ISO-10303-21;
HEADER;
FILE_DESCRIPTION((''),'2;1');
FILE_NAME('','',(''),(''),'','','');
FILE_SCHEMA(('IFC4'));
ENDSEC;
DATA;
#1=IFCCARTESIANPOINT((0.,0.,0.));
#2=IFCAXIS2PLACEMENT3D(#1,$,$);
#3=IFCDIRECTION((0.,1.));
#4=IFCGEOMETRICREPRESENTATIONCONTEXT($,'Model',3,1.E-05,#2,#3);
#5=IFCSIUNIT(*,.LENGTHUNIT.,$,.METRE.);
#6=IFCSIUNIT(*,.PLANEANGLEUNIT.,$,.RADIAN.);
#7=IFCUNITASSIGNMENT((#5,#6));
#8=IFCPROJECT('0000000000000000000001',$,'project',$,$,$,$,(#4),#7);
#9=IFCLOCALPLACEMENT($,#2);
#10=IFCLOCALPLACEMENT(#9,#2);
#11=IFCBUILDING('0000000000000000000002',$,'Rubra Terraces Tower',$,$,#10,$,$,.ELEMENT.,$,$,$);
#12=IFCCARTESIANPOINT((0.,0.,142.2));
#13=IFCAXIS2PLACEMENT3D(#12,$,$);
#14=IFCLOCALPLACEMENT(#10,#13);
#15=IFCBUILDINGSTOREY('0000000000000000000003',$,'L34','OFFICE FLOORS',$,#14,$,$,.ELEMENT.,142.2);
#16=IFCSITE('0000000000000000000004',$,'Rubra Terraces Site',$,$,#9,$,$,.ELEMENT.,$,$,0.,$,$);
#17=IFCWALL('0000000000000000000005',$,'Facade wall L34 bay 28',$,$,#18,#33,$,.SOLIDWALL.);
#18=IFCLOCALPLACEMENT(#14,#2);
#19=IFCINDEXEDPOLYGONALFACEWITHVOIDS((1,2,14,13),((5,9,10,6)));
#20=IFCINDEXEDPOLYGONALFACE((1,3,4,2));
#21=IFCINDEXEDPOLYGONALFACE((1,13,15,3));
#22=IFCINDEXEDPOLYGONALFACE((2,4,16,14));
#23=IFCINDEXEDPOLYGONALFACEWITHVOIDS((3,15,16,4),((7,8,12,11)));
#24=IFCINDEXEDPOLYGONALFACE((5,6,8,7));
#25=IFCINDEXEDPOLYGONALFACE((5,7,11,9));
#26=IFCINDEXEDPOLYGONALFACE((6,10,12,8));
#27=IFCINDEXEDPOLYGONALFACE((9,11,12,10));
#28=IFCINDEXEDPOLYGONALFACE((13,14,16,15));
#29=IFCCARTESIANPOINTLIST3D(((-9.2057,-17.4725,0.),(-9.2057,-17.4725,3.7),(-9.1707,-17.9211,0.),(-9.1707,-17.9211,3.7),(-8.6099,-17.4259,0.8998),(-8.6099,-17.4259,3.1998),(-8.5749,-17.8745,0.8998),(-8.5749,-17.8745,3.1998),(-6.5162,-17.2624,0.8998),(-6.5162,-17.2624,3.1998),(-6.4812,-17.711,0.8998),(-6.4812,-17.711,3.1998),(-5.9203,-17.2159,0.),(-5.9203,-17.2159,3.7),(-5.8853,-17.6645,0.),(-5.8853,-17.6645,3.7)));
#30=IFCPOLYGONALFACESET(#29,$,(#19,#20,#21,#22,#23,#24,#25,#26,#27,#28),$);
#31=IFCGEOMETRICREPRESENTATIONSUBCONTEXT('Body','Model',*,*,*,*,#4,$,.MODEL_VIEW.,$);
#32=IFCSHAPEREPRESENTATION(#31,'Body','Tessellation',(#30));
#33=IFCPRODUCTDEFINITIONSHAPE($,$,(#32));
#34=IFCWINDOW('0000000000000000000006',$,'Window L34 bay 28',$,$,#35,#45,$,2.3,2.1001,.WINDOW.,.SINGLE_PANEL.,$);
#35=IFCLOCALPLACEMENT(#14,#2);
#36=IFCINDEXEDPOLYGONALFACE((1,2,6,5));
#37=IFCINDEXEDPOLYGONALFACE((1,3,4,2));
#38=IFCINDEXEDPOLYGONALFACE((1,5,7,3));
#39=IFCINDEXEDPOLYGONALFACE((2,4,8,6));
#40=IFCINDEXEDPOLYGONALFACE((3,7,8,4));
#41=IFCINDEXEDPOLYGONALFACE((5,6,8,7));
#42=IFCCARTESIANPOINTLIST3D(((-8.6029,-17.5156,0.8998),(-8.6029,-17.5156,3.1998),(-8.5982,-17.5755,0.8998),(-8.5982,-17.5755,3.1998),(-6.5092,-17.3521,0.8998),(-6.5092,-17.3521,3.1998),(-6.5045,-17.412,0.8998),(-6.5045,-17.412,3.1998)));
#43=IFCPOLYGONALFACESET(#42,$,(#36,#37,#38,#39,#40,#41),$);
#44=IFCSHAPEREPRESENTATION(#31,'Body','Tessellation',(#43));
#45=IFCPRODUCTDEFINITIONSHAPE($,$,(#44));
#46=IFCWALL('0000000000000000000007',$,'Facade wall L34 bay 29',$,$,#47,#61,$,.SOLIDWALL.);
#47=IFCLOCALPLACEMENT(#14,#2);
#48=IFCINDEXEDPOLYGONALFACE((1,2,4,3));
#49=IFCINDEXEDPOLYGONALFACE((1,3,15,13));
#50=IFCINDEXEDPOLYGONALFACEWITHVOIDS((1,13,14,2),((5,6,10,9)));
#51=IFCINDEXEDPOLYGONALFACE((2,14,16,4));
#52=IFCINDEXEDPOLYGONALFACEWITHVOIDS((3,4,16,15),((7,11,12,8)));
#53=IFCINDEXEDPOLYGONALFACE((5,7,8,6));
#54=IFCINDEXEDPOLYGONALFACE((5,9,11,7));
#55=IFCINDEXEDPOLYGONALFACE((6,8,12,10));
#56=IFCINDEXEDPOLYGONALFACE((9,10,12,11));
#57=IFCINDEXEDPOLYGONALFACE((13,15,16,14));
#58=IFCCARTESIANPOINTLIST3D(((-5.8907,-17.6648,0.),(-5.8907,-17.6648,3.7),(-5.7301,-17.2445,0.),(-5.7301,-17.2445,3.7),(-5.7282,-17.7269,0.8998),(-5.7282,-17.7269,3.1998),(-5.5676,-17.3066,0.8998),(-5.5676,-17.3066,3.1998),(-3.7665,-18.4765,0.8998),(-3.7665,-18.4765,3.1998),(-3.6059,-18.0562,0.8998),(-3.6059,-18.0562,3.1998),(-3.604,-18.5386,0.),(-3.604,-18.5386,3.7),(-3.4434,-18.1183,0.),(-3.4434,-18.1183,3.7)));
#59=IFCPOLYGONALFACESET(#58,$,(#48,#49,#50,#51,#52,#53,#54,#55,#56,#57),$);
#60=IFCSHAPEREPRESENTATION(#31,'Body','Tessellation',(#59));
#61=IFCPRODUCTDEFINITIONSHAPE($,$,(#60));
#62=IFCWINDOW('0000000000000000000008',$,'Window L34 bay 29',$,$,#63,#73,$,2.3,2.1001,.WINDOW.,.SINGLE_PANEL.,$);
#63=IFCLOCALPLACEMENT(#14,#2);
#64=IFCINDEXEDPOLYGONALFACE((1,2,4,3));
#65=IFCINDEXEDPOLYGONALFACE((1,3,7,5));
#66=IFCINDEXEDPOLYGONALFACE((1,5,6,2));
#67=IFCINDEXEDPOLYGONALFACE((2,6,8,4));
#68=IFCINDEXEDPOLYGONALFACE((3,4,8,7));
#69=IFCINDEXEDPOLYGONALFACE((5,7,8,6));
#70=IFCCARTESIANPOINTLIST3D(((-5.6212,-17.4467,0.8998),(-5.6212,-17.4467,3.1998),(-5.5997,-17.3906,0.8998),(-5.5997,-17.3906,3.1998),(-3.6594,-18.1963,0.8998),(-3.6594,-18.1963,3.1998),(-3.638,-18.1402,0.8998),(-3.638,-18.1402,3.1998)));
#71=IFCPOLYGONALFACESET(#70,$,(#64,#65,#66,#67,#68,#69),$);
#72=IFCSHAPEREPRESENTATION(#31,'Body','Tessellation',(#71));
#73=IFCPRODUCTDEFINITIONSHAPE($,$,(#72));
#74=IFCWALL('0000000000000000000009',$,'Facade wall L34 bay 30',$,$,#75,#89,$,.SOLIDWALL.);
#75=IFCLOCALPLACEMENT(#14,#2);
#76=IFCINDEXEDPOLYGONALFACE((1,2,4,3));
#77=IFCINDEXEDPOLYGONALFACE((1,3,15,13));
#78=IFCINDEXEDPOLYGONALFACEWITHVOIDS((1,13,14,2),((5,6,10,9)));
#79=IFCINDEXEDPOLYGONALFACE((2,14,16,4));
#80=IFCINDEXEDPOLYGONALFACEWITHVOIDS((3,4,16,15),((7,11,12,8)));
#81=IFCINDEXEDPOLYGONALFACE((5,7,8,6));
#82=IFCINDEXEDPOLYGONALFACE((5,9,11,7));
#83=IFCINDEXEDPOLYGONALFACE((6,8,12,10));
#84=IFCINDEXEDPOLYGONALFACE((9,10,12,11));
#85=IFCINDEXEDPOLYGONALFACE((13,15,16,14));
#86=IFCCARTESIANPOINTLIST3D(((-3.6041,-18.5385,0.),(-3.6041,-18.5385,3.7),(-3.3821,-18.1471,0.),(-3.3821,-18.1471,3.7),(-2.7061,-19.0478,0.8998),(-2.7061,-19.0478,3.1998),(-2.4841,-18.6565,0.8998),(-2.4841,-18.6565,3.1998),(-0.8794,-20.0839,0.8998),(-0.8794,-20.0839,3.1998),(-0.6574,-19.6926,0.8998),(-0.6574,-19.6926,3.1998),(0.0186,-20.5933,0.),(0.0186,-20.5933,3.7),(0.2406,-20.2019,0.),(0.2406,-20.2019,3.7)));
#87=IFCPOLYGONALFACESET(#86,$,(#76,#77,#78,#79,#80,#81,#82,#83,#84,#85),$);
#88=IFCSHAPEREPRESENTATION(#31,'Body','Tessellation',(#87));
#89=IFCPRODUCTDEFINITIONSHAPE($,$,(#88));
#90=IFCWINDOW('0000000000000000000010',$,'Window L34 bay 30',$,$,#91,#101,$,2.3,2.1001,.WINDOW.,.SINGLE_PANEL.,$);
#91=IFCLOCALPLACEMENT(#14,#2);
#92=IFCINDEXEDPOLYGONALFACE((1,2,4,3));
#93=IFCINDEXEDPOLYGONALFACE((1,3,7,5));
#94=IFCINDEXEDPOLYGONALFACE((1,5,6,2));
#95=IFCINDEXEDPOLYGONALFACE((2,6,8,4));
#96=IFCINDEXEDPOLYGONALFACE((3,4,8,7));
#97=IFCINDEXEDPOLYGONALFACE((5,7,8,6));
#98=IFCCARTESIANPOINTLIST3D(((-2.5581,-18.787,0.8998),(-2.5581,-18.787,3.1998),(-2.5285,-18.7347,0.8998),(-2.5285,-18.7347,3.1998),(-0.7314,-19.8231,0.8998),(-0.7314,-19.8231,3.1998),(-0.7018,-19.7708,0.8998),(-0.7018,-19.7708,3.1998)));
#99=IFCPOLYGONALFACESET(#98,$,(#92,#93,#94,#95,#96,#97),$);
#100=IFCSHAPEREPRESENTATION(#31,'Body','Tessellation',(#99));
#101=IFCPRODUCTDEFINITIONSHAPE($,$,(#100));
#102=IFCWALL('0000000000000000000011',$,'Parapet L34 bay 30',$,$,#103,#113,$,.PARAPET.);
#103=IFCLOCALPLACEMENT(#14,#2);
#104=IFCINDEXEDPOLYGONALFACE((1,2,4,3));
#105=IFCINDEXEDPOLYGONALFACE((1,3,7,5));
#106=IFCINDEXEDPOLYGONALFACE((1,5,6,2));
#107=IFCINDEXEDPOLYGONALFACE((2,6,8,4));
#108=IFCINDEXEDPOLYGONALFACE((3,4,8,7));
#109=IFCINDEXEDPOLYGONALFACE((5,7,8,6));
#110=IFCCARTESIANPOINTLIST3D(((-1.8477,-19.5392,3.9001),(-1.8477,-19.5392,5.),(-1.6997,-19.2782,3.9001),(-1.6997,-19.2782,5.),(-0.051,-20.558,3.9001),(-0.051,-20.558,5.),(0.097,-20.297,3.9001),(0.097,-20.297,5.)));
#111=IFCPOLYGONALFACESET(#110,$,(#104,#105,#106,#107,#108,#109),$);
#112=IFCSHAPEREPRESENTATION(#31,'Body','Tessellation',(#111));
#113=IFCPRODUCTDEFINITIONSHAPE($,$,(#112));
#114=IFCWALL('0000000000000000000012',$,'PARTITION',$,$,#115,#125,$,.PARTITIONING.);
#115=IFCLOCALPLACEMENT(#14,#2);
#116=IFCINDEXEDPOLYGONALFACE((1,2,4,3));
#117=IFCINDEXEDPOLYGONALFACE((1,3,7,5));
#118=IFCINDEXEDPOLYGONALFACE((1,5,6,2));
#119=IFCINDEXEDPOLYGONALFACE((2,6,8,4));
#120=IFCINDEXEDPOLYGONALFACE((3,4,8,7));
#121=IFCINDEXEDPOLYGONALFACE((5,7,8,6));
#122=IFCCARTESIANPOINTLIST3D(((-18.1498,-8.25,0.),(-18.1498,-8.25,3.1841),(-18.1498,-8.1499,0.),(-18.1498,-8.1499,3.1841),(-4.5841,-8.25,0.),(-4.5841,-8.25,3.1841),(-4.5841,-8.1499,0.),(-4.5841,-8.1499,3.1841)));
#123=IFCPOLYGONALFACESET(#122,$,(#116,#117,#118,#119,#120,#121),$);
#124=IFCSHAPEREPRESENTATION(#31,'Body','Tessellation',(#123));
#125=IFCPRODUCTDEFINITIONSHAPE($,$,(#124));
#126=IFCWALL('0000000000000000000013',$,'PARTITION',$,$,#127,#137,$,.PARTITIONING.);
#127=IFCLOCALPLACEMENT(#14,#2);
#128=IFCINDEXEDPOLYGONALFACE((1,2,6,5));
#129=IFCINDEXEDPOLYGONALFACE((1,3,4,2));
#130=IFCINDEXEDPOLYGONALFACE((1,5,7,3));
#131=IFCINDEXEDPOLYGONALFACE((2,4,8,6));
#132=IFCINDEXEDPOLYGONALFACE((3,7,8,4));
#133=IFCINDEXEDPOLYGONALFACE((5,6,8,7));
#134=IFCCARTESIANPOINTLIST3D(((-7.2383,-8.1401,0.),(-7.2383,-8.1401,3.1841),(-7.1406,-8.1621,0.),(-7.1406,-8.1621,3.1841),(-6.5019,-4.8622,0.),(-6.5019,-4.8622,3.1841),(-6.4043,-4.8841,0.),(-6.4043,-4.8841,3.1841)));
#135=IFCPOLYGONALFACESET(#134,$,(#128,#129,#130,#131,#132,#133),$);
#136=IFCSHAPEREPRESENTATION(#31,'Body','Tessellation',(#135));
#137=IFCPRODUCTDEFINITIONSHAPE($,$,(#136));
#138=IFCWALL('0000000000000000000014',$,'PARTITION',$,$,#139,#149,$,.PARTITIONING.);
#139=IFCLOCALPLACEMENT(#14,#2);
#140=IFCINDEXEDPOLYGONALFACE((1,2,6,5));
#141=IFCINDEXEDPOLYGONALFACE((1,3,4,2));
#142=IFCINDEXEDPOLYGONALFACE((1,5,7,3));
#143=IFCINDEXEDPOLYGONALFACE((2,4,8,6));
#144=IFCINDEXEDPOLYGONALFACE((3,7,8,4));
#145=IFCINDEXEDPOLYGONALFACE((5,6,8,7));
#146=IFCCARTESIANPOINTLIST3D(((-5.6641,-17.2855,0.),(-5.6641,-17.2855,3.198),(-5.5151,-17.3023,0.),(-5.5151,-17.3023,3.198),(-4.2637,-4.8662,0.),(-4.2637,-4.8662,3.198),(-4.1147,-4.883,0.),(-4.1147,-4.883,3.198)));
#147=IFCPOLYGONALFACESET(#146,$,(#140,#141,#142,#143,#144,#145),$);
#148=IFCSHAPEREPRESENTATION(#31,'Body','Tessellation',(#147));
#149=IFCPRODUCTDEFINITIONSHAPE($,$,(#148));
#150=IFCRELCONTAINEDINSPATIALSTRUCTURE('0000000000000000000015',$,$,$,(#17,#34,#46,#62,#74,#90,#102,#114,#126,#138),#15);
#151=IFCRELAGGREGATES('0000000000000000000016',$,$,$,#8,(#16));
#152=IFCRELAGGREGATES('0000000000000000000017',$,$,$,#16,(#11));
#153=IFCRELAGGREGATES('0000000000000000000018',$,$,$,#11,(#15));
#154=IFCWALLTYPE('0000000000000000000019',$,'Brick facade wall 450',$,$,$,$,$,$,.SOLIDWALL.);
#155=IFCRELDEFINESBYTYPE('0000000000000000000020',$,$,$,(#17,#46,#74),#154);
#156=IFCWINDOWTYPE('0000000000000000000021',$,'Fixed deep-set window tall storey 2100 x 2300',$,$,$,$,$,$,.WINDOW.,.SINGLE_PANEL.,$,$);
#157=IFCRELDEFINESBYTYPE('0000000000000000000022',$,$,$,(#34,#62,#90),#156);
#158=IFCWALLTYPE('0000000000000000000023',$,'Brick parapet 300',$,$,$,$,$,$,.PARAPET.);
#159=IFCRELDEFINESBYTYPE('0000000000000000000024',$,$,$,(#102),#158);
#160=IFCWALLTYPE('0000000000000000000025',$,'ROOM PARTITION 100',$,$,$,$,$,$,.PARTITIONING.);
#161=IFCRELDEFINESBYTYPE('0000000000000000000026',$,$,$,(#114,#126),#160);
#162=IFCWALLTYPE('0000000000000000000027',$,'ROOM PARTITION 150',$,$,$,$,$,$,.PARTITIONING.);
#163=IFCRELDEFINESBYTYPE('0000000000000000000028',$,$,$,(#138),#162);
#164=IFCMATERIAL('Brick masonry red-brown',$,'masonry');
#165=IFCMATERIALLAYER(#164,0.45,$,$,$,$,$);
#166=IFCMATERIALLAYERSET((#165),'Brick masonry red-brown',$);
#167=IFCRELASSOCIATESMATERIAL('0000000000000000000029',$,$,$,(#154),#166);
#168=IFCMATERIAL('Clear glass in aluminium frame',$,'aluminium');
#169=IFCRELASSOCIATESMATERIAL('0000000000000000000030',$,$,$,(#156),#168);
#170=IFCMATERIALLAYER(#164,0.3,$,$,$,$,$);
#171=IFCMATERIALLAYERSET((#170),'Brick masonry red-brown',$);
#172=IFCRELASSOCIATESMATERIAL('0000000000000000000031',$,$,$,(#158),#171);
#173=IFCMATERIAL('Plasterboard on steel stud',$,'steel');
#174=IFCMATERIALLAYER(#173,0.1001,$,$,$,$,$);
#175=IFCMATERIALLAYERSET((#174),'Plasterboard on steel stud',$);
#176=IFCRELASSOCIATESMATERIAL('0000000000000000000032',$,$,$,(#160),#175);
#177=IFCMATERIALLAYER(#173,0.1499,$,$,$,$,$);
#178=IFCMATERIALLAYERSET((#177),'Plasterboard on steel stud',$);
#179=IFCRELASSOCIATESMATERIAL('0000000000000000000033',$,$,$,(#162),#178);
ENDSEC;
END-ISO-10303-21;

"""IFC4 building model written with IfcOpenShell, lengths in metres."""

from ifc_helpers import new_model, si_unit, direction, frame, frame_2d, origin, place, context, subcontext, project, spatial, rectangle, extrude, material, layer, layer_set, type_object, element, fill, save


model = new_model("IFC4")

# Units and contexts
model_context = context("Model", 3, precision=1e-05, world=origin(), true_north=direction((0.0, 1.0)))
body_context = subcontext(model_context, "Body", "Model", "MODEL_VIEW")
ifc_project = project(units=[si_unit("LENGTHUNIT", "METRE"), si_unit("PLANEANGLEUNIT", "RADIAN")], contexts=[model_context])

# Site, building, storey
site_placement = place(None, origin())
site = spatial("IfcSite", under=ifc_project, at=site_placement, Name="Rubra Terraces Site", CompositionType="ELEMENT", RefElevation=0.0)
building_placement = place(site_placement, origin())
building = spatial("IfcBuilding", under=site, at=building_placement, Name="Rubra Terraces Tower", CompositionType="ELEMENT")
storey_placement = place(building_placement, frame((0.0, 0.0, 142.2)))
storey = spatial("IfcBuildingStorey", under=building, at=storey_placement, Name="L34", Description="OFFICE FLOORS", CompositionType="ELEMENT", Elevation=142.2)

# Walls, openings, windows
ifc_material_1 = material(Name="Brick masonry red-brown", Category="masonry")
ifc_layer_1 = layer(ifc_material_1, 0.45)
ifc_layer_set_1 = layer_set([ifc_layer_1], Name="Brick masonry red-brown")
wall_type_1 = type_object("IfcWallType", Name="Brick facade wall 450", PredefinedType="SOLIDWALL", material=ifc_layer_set_1)
wall_1_placement = place(storey_placement, frame((-9.1882, -17.6968, 0.0), z_axis=(0.0, 0.0, 1.0), x_axis=(0.996964, 0.077864, 0.0)))
wall_1 = element("IfcWall", 1, at=wall_1_placement, inside=storey, type_object=wall_type_1, Name="Facade wall L34 bay 28", PredefinedType="SOLIDWALL", context=body_context, shape_type="SweptSolid", body=[
    extrude(rectangle(XDim=3.2954, YDim=0.45, at=frame_2d((1.6477, 0.0))), origin(), (0.0, 0.0, 1.0), 3.7),
])
opening_1_placement = place(wall_1_placement, frame((0.5977, 0.0, 0.8999)))
opening_1 = element("IfcOpeningElement", 2, at=opening_1_placement, cuts=wall_1, PredefinedType="OPENING", context=body_context, shape_type="SweptSolid", body=[
    extrude(rectangle(XDim=2.1001, YDim=2.3, at=frame_2d((1.05, 1.1499))), frame((0.0, 0.2349, 0.0), z_axis=(0.0, -1.0, 0.0), x_axis=(1.0, 0.0, 0.0)), (0.0, 0.0, 1.0), 0.47),
])
ifc_material_2 = material(Name="Clear glass in aluminium frame", Category="aluminium")
window_type = type_object("IfcWindowType", Name="Fixed deep-set window tall storey 2100 x 2300", PartitioningType="SINGLE_PANEL", PredefinedType="WINDOW", material=ifc_material_2)
window_1_placement = place(opening_1_placement, origin())
window_1 = element("IfcWindow", 3, at=window_1_placement, inside=storey, type_object=window_type, Name="Window L34 bay 28", OverallHeight=2.3, OverallWidth=2.1001, PartitioningType="SINGLE_PANEL", PredefinedType="WINDOW", context=body_context, shape_type="SweptSolid", body=[
    extrude(rectangle(XDim=2.1001, YDim=2.3, at=frame_2d((1.05, 1.1499))), frame((0.0, 0.135, 0.0), z_axis=(0.0, -1.0, 0.0), x_axis=(1.0, 0.0, 0.0)), (0.0, 0.0, 1.0), 0.0601),
])
fill(opening_1, window_1)
wall_2_placement = place(storey_placement, frame((-5.8105, -17.4546, 0.0), z_axis=(0.0, 0.0, 1.0), x_axis=(0.934122, -0.356953, 0.0)))
wall_2 = element("IfcWall", 4, at=wall_2_placement, inside=storey, type_object=wall_type_1, Name="Facade wall L34 bay 29", PredefinedType="SOLIDWALL", context=body_context, shape_type="SweptSolid", body=[
    extrude(rectangle(XDim=2.448, YDim=0.45, at=frame_2d((1.2241, 0.0))), origin(), (0.0, 0.0, 1.0), 3.7),
])
opening_2_placement = place(wall_2_placement, frame((0.1741, 0.0, 0.8999)))
opening_2 = element("IfcOpeningElement", 5, at=opening_2_placement, cuts=wall_2, PredefinedType="OPENING", context=body_context, shape_type="SweptSolid", body=[
    extrude(rectangle(XDim=2.1001, YDim=2.3, at=frame_2d((1.05, 1.1499))), frame((0.0, 0.2349, 0.0), z_axis=(0.0, -1.0, 0.0), x_axis=(1.0, 0.0, 0.0)), (0.0, 0.0, 1.0), 0.47),
])
window_2_placement = place(opening_2_placement, origin())
window_2 = element("IfcWindow", 6, at=window_2_placement, inside=storey, type_object=window_type, Name="Window L34 bay 29", OverallHeight=2.3, OverallWidth=2.1001, PartitioningType="SINGLE_PANEL", PredefinedType="WINDOW", context=body_context, shape_type="SweptSolid", body=[
    extrude(rectangle(XDim=2.1001, YDim=2.3, at=frame_2d((1.05, 1.1499))), frame((0.0, 0.135, 0.0), z_axis=(0.0, -1.0, 0.0), x_axis=(1.0, 0.0, 0.0)), (0.0, 0.0, 1.0), 0.0601),
])
fill(opening_2, window_2)
wall_3_placement = place(storey_placement, frame((-3.4932, -18.3428, 0.0), z_axis=(0.0, 0.0, 1.0), x_axis=(0.869826, -0.493359, 0.0)))
wall_3 = element("IfcWall", 7, at=wall_3_placement, inside=storey, type_object=wall_type_1, Name="Facade wall L34 bay 30", PredefinedType="SOLIDWALL", context=body_context, shape_type="SweptSolid", body=[
    extrude(rectangle(XDim=4.1648, YDim=0.45, at=frame_2d((2.0825, 0.0))), origin(), (0.0, 0.0, 1.0), 3.7),
])
opening_3_placement = place(wall_3_placement, frame((1.0325, 0.0, 0.8999)))
opening_3 = element("IfcOpeningElement", 8, at=opening_3_placement, cuts=wall_3, PredefinedType="OPENING", context=body_context, shape_type="SweptSolid", body=[
    extrude(rectangle(XDim=2.1001, YDim=2.3, at=frame_2d((1.05, 1.1499))), frame((0.0, 0.2349, 0.0), z_axis=(0.0, -1.0, 0.0), x_axis=(1.0, 0.0, 0.0)), (0.0, 0.0, 1.0), 0.47),
])
window_3_placement = place(opening_3_placement, origin())
window_3 = element("IfcWindow", 9, at=window_3_placement, inside=storey, type_object=window_type, Name="Window L34 bay 30", OverallHeight=2.3, OverallWidth=2.1001, PartitioningType="SINGLE_PANEL", PredefinedType="WINDOW", context=body_context, shape_type="SweptSolid", body=[
    extrude(rectangle(XDim=2.1001, YDim=2.3, at=frame_2d((1.05, 1.1499))), frame((0.0, 0.135, 0.0), z_axis=(0.0, -1.0, 0.0), x_axis=(1.0, 0.0, 0.0)), (0.0, 0.0, 1.0), 0.0601),
])
fill(opening_3, window_3)

# Walls
ifc_layer_2 = layer(ifc_material_1, 0.3)
ifc_layer_set_2 = layer_set([ifc_layer_2], Name="Brick masonry red-brown")
wall_type_2 = type_object("IfcWallType", Name="Brick parapet 300", PredefinedType="PARAPET", material=ifc_layer_set_2)
wall_4_placement = place(storey_placement, frame((-1.7737, -19.4087, 3.9001), z_axis=(0.0, 0.0, 1.0), x_axis=(0.869875, -0.493272, 0.0)))
element("IfcWall", 10, at=wall_4_placement, inside=storey, type_object=wall_type_2, Name="Parapet L34 bay 30", PredefinedType="PARAPET", context=body_context, shape_type="SweptSolid", body=[
    extrude(rectangle(XDim=2.0654, YDim=0.3, at=frame_2d((1.0327, 0.0))), origin(), (0.0, 0.0, 1.0), 1.0999),
])
ifc_material_3 = material(Name="Plasterboard on steel stud", Category="steel")
ifc_layer_3 = layer(ifc_material_3, 0.1001)
ifc_layer_set_3 = layer_set([ifc_layer_3], Name="Plasterboard on steel stud")
wall_type_3 = type_object("IfcWallType", Name="ROOM PARTITION 100", PredefinedType="PARTITIONING", material=ifc_layer_set_3)
wall_5_placement = place(storey_placement, frame((-4.5842, -8.2, 0.0), z_axis=(0.0, 0.0, 1.0), x_axis=(-1.0, 0.0, 0.0)))
element("IfcWall", 11, at=wall_5_placement, inside=storey, type_object=wall_type_3, Name="PARTITION", PredefinedType="PARTITIONING", context=body_context, shape_type="SweptSolid", body=[
    extrude(rectangle(XDim=13.5657, YDim=0.1001, at=frame_2d((6.7827, 0.0))), origin(), (0.0, 0.0, 1.0), 3.1841),
])
wall_6_placement = place(storey_placement, frame((-6.4531, -4.8733, 0.0), z_axis=(0.0, 0.0, 1.0), x_axis=(-0.219177, -0.975685, 0.0)))
element("IfcWall", 12, at=wall_6_placement, inside=storey, type_object=wall_type_3, Name="PARTITION", PredefinedType="PARTITIONING", context=body_context, shape_type="SweptSolid", body=[
    extrude(rectangle(XDim=3.3596, YDim=0.1001, at=frame_2d((1.6797, 0.0))), origin(), (0.0, 0.0, 1.0), 3.1841),
])
ifc_layer_4 = layer(ifc_material_3, 0.1499)
ifc_layer_set_4 = layer_set([ifc_layer_4], Name="Plasterboard on steel stud")
wall_type_4 = type_object("IfcWallType", Name="ROOM PARTITION 150", PredefinedType="PARTITIONING", material=ifc_layer_set_4)
wall_7_placement = place(storey_placement, frame((-5.5896, -17.2939, 0.0), z_axis=(0.0, 0.0, 1.0), x_axis=(0.112048, 0.993703, 0.0)))
element("IfcWall", 13, at=wall_7_placement, inside=storey, type_object=wall_type_4, Name="PARTITION", PredefinedType="PARTITIONING", context=body_context, shape_type="SweptSolid", body=[
    extrude(rectangle(XDim=12.498, YDim=0.1499, at=frame_2d((6.249, 0.0))), origin(), (0.0, 0.0, 1.0), 3.198),
])

save(model, "model.ifc")
